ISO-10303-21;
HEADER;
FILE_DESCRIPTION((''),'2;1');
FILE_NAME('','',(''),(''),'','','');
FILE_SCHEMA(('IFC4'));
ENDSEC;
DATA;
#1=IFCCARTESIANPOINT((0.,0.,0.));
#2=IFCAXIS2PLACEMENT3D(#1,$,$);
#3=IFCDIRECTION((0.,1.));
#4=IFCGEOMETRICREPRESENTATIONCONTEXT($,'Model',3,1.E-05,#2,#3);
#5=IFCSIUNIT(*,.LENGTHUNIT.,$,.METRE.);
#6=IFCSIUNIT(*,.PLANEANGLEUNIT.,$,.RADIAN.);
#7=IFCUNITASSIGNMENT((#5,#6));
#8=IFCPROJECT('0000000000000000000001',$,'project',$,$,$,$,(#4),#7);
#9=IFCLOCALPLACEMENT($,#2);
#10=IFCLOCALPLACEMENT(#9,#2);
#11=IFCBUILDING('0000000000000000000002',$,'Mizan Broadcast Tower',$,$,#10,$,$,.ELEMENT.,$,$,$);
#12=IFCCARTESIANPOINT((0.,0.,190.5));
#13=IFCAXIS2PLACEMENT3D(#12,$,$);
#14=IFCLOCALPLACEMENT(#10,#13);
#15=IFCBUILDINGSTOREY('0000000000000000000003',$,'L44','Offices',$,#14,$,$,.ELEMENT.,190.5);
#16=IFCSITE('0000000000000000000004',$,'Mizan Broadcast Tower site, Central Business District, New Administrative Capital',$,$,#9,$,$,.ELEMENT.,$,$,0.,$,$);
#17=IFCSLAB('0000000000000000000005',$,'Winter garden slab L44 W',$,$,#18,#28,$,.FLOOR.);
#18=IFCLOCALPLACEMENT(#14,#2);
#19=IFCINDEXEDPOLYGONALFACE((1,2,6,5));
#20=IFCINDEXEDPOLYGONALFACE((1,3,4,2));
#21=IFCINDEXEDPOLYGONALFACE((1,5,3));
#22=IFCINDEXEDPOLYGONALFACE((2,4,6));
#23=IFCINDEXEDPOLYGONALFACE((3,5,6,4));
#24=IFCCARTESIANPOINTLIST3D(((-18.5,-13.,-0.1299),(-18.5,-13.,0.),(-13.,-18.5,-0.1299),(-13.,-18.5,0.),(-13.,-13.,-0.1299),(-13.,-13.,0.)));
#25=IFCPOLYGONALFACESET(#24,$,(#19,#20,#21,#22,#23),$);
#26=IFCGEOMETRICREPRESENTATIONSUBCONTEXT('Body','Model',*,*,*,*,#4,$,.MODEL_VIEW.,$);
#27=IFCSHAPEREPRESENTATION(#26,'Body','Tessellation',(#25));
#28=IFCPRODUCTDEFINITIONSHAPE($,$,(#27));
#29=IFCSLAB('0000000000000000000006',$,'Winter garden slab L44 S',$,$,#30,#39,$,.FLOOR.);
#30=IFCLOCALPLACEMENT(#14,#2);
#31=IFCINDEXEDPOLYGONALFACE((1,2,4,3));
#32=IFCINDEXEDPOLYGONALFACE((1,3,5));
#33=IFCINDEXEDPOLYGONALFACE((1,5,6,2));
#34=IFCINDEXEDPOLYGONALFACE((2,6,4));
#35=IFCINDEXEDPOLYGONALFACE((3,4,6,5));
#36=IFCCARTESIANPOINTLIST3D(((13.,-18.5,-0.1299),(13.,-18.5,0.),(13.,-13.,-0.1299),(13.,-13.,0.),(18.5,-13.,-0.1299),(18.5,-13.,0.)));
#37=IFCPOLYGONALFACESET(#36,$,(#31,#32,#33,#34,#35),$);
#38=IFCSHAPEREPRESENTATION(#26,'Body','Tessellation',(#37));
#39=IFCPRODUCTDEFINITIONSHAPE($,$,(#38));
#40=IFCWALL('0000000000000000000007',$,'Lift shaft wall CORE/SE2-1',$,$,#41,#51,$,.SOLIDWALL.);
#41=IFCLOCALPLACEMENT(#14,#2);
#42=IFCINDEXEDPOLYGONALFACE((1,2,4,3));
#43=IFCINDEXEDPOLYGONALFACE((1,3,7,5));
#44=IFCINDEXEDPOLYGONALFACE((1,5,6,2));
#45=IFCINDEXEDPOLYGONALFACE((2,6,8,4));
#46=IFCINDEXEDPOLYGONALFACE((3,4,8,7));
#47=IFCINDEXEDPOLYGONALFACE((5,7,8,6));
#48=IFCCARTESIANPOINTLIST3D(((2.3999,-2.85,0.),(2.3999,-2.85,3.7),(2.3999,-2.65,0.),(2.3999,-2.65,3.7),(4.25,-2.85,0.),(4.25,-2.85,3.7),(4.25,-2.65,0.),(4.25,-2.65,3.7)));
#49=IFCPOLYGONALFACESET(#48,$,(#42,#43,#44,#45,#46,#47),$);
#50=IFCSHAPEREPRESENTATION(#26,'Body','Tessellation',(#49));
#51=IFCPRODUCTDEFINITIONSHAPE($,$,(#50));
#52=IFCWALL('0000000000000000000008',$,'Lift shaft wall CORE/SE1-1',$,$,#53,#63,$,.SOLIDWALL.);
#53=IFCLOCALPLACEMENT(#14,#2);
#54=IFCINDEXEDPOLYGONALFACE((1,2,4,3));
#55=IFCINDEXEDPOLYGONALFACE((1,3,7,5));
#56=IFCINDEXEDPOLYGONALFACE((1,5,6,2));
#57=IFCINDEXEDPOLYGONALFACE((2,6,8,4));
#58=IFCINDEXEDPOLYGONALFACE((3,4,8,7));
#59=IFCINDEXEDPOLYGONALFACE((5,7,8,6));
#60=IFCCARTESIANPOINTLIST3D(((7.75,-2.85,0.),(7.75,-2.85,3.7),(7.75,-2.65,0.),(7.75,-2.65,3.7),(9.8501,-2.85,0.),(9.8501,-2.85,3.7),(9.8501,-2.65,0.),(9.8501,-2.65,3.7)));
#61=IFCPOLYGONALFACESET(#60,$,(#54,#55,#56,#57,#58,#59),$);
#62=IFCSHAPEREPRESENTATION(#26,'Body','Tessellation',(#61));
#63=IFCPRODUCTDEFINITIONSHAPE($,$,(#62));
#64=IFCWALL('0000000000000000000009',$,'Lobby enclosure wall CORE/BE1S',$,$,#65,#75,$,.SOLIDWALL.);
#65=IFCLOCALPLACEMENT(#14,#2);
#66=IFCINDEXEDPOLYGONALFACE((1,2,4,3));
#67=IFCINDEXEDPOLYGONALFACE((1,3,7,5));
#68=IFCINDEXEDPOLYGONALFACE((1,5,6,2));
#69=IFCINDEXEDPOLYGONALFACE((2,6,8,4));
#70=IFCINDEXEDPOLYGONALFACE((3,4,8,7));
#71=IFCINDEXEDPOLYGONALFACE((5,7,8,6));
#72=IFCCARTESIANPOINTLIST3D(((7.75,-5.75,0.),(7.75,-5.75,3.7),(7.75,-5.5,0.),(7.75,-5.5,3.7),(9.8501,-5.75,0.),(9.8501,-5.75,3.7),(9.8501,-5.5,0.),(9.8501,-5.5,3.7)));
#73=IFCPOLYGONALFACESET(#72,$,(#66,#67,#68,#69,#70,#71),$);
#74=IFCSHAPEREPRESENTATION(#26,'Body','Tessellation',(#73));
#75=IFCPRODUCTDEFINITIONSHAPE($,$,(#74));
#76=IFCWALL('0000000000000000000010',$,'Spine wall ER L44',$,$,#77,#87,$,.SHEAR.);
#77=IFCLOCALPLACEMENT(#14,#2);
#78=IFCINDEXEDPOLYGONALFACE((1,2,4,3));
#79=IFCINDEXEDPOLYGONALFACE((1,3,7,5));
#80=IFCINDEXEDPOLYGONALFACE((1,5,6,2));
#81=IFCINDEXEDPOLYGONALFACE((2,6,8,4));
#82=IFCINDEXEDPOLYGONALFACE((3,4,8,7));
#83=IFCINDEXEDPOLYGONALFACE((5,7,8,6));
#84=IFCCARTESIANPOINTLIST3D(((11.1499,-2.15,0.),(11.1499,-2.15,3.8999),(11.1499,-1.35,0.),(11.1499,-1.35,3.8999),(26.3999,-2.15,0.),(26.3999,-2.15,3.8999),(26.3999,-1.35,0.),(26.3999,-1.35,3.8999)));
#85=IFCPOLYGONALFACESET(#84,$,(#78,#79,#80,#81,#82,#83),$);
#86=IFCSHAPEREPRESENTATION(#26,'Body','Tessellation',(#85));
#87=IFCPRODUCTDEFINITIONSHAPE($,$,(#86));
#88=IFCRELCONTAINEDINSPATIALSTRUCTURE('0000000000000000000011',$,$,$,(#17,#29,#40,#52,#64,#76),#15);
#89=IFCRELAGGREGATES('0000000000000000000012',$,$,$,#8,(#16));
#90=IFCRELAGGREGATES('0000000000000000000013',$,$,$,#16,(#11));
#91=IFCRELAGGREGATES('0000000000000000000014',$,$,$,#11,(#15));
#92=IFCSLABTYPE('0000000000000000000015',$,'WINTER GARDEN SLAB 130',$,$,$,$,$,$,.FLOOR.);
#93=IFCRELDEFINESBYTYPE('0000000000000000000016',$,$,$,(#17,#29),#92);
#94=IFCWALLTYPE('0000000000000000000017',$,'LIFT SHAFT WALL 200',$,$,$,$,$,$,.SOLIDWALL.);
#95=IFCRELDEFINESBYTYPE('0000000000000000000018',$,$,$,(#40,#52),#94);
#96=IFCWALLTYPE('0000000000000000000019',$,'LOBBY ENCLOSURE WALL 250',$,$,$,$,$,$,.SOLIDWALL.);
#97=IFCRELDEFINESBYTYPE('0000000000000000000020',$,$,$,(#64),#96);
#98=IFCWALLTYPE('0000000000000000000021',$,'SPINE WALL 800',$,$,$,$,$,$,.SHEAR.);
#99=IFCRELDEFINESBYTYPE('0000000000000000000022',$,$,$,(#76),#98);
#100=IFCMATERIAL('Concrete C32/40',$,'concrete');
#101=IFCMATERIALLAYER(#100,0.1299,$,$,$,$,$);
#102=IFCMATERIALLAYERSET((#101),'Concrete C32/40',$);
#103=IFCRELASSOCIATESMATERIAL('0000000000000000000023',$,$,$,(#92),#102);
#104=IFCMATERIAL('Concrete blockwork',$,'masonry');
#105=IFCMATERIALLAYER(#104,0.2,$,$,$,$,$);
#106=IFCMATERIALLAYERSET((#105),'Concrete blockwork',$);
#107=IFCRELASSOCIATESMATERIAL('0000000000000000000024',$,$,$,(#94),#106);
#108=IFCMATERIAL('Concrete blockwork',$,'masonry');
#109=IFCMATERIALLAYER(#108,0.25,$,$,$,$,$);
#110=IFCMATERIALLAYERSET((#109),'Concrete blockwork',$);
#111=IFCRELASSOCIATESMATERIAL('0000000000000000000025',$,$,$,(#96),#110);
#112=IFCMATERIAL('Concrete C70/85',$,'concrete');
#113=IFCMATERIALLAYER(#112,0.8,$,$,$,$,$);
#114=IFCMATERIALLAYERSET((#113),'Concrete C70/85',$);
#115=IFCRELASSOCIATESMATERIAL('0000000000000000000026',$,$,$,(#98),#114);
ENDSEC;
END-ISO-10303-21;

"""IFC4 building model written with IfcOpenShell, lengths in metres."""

from ifc_helpers import new_model, si_unit, direction, frame, frame_2d, origin, place, context, subcontext, project, spatial, polyline, rectangle, outline, extrude, material, layer, layer_set, type_object, element, save


model = new_model("IFC4")

# Units and contexts
model_context = context("Model", 3, precision=1e-05, world=origin(), true_north=direction((0.0, 1.0)))
body_context = subcontext(model_context, "Body", "Model", "MODEL_VIEW")
ifc_project = project(units=[si_unit("LENGTHUNIT", "METRE"), si_unit("PLANEANGLEUNIT", "RADIAN")], contexts=[model_context])

# Site, building, storey
site_placement = place(None, origin())
site = spatial("IfcSite", under=ifc_project, at=site_placement, Name="Mizan Broadcast Tower site, Central Business District, New Administrative Capital", CompositionType="ELEMENT", RefElevation=0.0)
building_placement = place(site_placement, origin())
building = spatial("IfcBuilding", under=site, at=building_placement, Name="Mizan Broadcast Tower", CompositionType="ELEMENT")
storey_placement = place(building_placement, frame((0.0, 0.0, 190.5)))
storey = spatial("IfcBuildingStorey", under=building, at=storey_placement, Name="L44", Description="Offices", CompositionType="ELEMENT", Elevation=190.5)

# Slabs
ifc_material_1 = material(Name="Concrete C32/40", Category="concrete")
ifc_layer_1 = layer(ifc_material_1, 0.1299)
ifc_layer_set_1 = layer_set([ifc_layer_1], Name="Concrete C32/40")
slab_type_1 = type_object("IfcSlabType", Name="WINTER GARDEN SLAB 130", PredefinedType="FLOOR", material=ifc_layer_set_1)
slab_1_placement = place(storey_placement, frame((0.0, 0.0, -0.1299)))
element("IfcSlab", 1, at=slab_1_placement, inside=storey, type_object=slab_type_1, Name="Winter garden slab L44 W", PredefinedType="FLOOR", context=body_context, shape_type="SweptSolid", body=[
    extrude(outline(polyline([(-13.0, -13.0), (-18.5, -13.0), (-13.0, -18.5), (-13.0, -13.0)])), origin(), (0.0, 0.0, 1.0), 0.1299),
])
slab_2_placement = place(storey_placement, frame((0.0, 0.0, -0.1299)))
element("IfcSlab", 2, at=slab_2_placement, inside=storey, type_object=slab_type_1, Name="Winter garden slab L44 S", PredefinedType="FLOOR", context=body_context, shape_type="SweptSolid", body=[
    extrude(outline(polyline([(13.0, -13.0), (13.0, -18.5), (18.5, -13.0), (13.0, -13.0)])), origin(), (0.0, 0.0, 1.0), 0.1299),
])

# Walls
ifc_material_2 = material(Name="Concrete blockwork", Category="masonry")
ifc_layer_2 = layer(ifc_material_2, 0.2)
ifc_layer_set_2 = layer_set([ifc_layer_2], Name="Concrete blockwork")
wall_type_1 = type_object("IfcWallType", Name="LIFT SHAFT WALL 200", PredefinedType="SOLIDWALL", material=ifc_layer_set_2)
wall_1_placement = place(storey_placement, frame((2.3999, -2.75, 0.0), z_axis=(0.0, 0.0, 1.0), x_axis=(1.0, 0.0, 0.0)))
element("IfcWall", 3, at=wall_1_placement, inside=storey, type_object=wall_type_1, Name="Lift shaft wall CORE/SE2-1", PredefinedType="SOLIDWALL", context=body_context, shape_type="SweptSolid", body=[
    extrude(rectangle(XDim=1.8501, YDim=0.2, at=frame_2d((0.925, 0.0))), origin(), (0.0, 0.0, 1.0), 3.7),
])
wall_2_placement = place(storey_placement, frame((7.75, -2.75, 0.0), z_axis=(0.0, 0.0, 1.0), x_axis=(1.0, 0.0, 0.0)))
element("IfcWall", 4, at=wall_2_placement, inside=storey, type_object=wall_type_1, Name="Lift shaft wall CORE/SE1-1", PredefinedType="SOLIDWALL", context=body_context, shape_type="SweptSolid", body=[
    extrude(rectangle(XDim=2.1001, YDim=0.2, at=frame_2d((1.05, 0.0))), origin(), (0.0, 0.0, 1.0), 3.7),
])
ifc_material_3 = material(Name="Concrete blockwork", Category="masonry")
ifc_layer_3 = layer(ifc_material_3, 0.25)
ifc_layer_set_3 = layer_set([ifc_layer_3], Name="Concrete blockwork")
wall_type_2 = type_object("IfcWallType", Name="LOBBY ENCLOSURE WALL 250", PredefinedType="SOLIDWALL", material=ifc_layer_set_3)
wall_3_placement = place(storey_placement, frame((7.75, -5.625, 0.0), z_axis=(0.0, 0.0, 1.0), x_axis=(1.0, 0.0, 0.0)))
element("IfcWall", 5, at=wall_3_placement, inside=storey, type_object=wall_type_2, Name="Lobby enclosure wall CORE/BE1S", PredefinedType="SOLIDWALL", context=body_context, shape_type="SweptSolid", body=[
    extrude(rectangle(XDim=2.1001, YDim=0.25, at=frame_2d((1.05, 0.0))), origin(), (0.0, 0.0, 1.0), 3.7),
])
ifc_material_4 = material(Name="Concrete C70/85", Category="concrete")
ifc_layer_4 = layer(ifc_material_4, 0.8)
ifc_layer_set_4 = layer_set([ifc_layer_4], Name="Concrete C70/85")
wall_type_3 = type_object("IfcWallType", Name="SPINE WALL 800", PredefinedType="SHEAR", material=ifc_layer_set_4)
wall_4_placement = place(storey_placement, frame((11.1499, -1.75, 0.0), z_axis=(0.0, 0.0, 1.0), x_axis=(1.0, 0.0, 0.0)))
element("IfcWall", 6, at=wall_4_placement, inside=storey, type_object=wall_type_3, Name="Spine wall ER L44", PredefinedType="SHEAR", context=body_context, shape_type="SweptSolid", body=[
    extrude(rectangle(XDim=15.25, YDim=0.8, at=frame_2d((7.625, 0.0))), origin(), (0.0, 0.0, 1.0), 3.8999),
])

save(model, "model.ifc")
